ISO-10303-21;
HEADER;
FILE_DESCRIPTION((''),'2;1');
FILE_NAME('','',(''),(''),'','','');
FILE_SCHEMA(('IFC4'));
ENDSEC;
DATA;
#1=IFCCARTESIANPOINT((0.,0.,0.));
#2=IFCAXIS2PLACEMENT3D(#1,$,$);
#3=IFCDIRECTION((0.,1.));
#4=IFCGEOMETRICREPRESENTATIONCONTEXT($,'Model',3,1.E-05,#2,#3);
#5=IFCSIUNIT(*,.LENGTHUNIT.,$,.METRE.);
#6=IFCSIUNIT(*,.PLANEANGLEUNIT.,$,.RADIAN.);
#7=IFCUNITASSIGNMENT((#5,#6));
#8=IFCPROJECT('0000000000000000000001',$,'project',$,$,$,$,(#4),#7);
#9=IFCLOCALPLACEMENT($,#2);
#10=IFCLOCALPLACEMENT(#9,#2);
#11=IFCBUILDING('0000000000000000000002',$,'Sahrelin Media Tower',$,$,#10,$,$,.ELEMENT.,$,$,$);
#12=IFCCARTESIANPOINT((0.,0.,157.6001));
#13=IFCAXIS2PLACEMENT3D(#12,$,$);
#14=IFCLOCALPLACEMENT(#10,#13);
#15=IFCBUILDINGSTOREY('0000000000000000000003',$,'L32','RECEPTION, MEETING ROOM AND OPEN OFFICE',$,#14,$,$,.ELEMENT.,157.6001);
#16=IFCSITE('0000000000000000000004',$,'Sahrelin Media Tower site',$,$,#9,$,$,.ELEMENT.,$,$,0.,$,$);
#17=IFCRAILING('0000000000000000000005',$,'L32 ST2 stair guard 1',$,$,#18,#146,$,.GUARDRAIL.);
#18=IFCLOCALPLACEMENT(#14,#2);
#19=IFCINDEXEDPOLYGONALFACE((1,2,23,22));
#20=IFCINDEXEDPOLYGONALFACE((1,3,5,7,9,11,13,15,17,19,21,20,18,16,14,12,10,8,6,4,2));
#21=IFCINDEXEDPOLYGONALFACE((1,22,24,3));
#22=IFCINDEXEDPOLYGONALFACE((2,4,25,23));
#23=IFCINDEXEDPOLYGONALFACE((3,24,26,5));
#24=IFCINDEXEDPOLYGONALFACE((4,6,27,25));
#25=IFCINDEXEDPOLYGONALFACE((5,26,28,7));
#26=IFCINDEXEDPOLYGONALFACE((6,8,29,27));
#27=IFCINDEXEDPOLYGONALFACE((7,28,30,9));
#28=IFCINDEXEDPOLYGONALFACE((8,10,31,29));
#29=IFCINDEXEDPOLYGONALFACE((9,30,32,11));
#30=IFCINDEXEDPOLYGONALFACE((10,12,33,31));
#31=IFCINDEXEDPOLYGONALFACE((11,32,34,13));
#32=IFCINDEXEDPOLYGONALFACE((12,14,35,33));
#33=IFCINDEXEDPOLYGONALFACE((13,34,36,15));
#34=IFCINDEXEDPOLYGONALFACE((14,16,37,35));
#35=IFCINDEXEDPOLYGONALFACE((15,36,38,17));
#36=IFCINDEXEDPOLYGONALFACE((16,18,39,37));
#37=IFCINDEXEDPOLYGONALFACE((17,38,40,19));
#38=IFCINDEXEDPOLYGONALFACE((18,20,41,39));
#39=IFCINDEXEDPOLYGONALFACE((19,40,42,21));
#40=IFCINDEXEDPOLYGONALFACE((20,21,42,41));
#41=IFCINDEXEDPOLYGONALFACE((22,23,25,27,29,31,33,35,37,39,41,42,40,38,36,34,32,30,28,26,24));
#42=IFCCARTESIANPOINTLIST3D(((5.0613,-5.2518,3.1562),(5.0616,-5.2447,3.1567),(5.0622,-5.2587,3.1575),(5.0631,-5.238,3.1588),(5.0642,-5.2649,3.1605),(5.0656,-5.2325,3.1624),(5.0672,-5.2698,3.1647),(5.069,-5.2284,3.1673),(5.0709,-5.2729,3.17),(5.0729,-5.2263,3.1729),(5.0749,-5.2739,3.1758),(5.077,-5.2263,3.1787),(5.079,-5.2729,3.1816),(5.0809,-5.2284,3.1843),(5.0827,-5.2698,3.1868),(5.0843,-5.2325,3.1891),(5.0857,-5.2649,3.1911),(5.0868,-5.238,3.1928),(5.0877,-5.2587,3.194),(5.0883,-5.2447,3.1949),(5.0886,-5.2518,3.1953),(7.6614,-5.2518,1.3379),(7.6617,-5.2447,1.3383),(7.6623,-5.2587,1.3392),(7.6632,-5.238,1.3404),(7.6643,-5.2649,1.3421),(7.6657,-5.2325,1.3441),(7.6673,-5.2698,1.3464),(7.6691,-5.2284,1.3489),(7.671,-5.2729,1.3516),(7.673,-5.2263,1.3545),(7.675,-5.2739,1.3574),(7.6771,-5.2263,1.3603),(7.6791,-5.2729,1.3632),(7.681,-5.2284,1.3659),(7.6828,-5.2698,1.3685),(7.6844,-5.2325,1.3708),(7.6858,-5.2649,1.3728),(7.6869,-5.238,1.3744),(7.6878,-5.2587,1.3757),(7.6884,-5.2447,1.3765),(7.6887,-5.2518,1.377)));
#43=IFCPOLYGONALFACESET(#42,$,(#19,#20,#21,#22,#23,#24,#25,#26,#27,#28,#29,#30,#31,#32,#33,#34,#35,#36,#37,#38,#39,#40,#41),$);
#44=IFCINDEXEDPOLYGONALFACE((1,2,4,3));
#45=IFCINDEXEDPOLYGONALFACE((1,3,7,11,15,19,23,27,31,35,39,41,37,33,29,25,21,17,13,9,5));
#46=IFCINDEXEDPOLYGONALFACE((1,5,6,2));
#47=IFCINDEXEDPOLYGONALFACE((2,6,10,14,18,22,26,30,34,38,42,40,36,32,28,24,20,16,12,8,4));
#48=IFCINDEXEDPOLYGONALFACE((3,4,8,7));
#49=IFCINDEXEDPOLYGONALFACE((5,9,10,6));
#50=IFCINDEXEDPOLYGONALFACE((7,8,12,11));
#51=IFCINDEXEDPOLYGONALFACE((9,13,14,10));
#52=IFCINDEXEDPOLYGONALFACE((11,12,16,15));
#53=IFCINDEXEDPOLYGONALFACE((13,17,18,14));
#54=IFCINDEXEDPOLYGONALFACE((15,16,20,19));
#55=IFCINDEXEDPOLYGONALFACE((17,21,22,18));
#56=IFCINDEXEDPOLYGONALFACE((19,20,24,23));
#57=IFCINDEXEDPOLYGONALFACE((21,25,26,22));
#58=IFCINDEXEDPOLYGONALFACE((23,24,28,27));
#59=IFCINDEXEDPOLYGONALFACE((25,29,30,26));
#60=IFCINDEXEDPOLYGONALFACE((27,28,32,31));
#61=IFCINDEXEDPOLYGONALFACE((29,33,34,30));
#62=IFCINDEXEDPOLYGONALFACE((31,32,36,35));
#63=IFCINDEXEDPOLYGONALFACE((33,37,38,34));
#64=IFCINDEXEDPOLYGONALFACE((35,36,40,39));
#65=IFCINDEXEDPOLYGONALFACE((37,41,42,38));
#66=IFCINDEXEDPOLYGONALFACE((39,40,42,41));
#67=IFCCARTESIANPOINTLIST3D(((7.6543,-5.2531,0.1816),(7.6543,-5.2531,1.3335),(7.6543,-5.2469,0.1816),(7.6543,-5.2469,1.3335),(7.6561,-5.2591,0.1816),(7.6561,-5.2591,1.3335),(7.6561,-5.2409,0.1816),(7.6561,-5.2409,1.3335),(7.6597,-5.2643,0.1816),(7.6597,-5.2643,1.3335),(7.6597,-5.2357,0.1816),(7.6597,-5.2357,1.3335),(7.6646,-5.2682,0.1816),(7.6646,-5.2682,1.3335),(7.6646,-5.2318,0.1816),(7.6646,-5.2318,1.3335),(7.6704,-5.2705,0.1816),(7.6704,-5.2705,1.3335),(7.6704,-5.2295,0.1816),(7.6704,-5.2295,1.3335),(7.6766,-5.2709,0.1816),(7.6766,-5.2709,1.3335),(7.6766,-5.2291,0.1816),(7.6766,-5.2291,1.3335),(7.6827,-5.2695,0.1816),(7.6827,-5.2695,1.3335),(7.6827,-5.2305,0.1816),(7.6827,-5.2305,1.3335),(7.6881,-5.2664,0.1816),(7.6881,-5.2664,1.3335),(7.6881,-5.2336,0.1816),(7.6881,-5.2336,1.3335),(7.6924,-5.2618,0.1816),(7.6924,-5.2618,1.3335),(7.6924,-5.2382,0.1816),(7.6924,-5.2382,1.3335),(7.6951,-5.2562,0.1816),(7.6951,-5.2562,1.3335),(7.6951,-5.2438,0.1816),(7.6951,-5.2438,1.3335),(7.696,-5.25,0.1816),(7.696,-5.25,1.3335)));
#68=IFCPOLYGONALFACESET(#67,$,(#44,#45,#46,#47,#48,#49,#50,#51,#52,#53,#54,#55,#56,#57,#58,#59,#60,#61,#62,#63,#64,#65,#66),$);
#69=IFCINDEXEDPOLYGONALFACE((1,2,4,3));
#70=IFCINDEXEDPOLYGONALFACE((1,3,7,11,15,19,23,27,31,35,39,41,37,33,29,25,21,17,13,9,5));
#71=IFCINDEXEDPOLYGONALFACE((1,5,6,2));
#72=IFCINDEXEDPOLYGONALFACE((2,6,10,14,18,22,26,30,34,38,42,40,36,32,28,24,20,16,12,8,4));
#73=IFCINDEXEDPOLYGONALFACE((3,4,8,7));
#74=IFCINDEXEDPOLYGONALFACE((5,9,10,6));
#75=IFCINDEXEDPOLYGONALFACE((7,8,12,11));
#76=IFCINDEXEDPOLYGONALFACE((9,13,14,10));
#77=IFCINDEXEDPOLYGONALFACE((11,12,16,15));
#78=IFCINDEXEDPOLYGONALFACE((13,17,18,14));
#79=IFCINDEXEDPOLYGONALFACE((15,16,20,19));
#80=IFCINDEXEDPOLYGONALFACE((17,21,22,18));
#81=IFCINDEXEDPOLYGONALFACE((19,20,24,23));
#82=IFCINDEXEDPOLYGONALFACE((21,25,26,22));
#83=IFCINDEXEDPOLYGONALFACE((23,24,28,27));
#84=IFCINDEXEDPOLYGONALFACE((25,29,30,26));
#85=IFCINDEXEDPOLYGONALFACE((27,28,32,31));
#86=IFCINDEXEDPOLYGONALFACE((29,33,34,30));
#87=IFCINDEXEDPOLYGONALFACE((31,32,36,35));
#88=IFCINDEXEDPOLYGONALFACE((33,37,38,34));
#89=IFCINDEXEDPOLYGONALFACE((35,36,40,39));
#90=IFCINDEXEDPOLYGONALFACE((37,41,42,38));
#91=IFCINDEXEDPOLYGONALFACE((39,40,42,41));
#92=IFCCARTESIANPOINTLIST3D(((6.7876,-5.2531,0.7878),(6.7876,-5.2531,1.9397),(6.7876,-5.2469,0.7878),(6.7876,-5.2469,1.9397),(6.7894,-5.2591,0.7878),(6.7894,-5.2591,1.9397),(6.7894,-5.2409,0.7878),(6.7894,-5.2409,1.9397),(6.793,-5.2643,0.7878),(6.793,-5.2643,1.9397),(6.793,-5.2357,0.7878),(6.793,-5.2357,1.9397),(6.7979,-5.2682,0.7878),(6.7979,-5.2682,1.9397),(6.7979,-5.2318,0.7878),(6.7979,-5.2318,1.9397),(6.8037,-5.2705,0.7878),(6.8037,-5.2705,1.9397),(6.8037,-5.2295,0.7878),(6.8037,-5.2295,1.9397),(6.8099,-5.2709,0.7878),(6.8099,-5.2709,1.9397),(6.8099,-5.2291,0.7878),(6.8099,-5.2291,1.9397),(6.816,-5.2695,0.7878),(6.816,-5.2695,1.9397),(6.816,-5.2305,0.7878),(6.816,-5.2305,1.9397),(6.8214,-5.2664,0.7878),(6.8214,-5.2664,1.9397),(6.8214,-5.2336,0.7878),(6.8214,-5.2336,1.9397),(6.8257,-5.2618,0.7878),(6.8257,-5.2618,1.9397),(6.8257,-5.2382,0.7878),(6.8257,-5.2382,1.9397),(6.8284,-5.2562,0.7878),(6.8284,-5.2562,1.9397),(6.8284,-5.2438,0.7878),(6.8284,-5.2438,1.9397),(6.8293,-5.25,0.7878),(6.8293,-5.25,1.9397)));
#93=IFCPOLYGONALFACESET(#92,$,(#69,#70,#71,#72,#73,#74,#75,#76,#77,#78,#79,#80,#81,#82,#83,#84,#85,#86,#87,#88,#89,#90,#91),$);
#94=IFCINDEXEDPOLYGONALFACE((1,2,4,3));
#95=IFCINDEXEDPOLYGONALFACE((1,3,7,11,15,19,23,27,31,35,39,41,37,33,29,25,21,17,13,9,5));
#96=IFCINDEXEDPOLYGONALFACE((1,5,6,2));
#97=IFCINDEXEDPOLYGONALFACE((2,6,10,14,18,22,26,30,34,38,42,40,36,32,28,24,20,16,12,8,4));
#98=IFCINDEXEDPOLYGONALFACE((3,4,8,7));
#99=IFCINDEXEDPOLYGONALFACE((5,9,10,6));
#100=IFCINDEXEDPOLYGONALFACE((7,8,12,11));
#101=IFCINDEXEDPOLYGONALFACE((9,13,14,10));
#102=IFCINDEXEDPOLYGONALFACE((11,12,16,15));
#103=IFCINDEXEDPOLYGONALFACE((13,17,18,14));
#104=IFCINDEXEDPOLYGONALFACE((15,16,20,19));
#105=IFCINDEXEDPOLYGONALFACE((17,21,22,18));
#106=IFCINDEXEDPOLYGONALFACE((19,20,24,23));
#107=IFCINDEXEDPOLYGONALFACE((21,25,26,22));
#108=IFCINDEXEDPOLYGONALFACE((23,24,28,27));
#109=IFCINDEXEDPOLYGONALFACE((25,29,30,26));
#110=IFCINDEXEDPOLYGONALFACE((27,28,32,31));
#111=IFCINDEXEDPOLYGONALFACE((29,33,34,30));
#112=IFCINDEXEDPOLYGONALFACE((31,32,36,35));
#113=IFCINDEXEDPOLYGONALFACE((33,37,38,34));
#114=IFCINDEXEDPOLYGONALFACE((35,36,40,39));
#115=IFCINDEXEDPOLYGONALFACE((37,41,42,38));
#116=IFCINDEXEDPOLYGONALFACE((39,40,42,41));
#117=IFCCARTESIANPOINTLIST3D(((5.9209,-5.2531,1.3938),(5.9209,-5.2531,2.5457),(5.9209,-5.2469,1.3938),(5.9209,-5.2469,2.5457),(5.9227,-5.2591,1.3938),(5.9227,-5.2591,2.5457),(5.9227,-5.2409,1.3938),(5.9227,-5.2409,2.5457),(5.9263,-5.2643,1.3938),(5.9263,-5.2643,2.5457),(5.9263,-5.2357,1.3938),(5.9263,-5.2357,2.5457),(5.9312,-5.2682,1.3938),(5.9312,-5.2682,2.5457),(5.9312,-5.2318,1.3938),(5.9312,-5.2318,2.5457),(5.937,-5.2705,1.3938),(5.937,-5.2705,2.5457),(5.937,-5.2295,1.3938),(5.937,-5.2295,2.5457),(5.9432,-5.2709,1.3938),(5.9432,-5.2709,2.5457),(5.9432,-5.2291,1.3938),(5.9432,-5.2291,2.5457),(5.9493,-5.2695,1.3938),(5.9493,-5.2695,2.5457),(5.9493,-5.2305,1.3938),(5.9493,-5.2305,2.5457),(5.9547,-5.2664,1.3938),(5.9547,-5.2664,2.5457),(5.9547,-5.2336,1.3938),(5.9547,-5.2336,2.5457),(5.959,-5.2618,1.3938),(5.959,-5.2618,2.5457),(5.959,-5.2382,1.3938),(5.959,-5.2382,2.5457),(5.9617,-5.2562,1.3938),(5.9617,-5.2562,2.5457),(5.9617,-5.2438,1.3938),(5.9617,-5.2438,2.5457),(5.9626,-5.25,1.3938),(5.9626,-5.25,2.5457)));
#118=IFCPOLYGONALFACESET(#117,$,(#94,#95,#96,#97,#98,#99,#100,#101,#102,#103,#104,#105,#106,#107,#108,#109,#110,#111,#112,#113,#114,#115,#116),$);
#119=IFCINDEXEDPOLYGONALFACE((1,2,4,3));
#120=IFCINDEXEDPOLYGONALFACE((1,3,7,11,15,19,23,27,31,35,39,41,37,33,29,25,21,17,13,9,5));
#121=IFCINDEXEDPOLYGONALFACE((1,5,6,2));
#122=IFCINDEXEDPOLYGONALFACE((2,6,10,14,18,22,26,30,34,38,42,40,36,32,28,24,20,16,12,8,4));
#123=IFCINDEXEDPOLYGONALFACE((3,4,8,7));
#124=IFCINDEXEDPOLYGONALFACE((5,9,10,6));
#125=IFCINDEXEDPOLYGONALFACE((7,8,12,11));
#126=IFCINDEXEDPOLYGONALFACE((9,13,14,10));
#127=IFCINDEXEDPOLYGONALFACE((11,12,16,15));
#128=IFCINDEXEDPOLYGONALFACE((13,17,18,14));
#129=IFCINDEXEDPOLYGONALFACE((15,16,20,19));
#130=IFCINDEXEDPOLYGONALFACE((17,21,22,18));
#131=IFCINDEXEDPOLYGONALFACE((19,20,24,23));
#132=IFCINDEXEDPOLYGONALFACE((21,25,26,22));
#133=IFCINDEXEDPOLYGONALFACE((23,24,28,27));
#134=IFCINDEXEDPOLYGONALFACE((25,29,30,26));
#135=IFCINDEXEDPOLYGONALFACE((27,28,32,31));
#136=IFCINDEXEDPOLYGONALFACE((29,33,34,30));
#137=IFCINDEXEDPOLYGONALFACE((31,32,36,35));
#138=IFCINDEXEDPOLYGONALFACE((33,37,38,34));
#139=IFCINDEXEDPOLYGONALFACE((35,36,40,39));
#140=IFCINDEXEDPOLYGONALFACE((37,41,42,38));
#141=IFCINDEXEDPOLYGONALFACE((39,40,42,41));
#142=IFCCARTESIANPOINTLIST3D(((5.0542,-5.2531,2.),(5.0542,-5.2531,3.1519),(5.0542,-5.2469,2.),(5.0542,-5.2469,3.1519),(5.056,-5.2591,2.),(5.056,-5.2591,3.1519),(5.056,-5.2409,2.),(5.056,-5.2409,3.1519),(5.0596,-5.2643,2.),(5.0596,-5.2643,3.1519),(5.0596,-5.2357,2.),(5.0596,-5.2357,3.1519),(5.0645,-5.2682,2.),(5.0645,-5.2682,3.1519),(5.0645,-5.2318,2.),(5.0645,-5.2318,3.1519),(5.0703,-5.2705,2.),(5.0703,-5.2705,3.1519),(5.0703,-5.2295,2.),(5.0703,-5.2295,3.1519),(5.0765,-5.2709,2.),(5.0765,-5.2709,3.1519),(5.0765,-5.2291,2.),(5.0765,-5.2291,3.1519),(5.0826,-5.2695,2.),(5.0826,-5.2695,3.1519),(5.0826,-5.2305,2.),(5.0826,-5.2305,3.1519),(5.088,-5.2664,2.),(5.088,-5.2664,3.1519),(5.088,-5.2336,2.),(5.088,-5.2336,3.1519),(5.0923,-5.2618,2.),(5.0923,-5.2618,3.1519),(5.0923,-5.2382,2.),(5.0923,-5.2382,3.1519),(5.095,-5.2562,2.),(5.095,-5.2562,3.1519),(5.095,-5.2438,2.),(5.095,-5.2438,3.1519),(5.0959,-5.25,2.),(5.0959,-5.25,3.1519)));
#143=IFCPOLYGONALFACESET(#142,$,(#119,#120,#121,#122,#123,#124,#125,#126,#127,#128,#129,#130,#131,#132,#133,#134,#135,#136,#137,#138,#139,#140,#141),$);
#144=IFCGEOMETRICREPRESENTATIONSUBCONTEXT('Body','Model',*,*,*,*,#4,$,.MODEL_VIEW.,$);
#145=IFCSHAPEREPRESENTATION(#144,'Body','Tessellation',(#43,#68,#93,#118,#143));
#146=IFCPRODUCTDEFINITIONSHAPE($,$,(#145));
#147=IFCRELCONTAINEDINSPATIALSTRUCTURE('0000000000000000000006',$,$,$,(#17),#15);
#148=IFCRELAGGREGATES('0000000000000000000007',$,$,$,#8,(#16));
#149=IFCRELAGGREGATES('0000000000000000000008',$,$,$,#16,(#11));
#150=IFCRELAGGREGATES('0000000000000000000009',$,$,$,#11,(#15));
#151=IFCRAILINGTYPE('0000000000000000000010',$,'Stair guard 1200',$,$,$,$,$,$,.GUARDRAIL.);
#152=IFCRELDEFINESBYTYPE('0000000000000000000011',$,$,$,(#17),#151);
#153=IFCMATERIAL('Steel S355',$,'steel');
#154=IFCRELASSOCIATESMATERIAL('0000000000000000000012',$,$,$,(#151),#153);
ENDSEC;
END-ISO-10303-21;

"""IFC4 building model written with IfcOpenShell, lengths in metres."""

from ifc_helpers import new_model, si_unit, direction, frame, origin, origin_2d, place, context, subcontext, project, spatial, circle, extrude, material, type_object, element, save


model = new_model("IFC4")

# Units and contexts
model_context = context("Model", 3, precision=1e-05, world=origin(), true_north=direction((0.0, 1.0)))
body_context = subcontext(model_context, "Body", "Model", "MODEL_VIEW")
ifc_project = project(units=[si_unit("LENGTHUNIT", "METRE"), si_unit("PLANEANGLEUNIT", "RADIAN")], contexts=[model_context])

# Site, building, storey
site_placement = place(None, origin())
site = spatial("IfcSite", under=ifc_project, at=site_placement, Name="Sahrelin Media Tower site", CompositionType="ELEMENT", RefElevation=0.0)
building_placement = place(site_placement, origin())
building = spatial("IfcBuilding", under=site, at=building_placement, Name="Sahrelin Media Tower", CompositionType="ELEMENT")
storey_placement = place(building_placement, frame((0.0, 0.0, 157.6001)))
storey = spatial("IfcBuildingStorey", under=building, at=storey_placement, Name="L32", Description="RECEPTION, MEETING ROOM AND OPEN OFFICE", CompositionType="ELEMENT", Elevation=157.6001)

# Shared definitions
ifc_material_1 = material(Name="Steel S355", Category="steel")

# Railing
railing_type_1 = type_object("IfcRailingType", Name="Stair guard 1200", PredefinedType="GUARDRAIL", material=ifc_material_1)
railing_1_placement = place(storey_placement, frame((7.675, -5.25, 0.1816)))
element("IfcRailing", 1, at=railing_1_placement, inside=storey, type_object=railing_type_1, Name="L32 ST2 stair guard 1", PredefinedType="GUARDRAIL", context=body_context, shape_type="SweptSolid", body=[
    extrude(circle(Radius=0.0239, at=origin_2d()), frame((0.0, 0.0, 1.1758), z_axis=(-0.819485, 0.0, 0.573101), x_axis=(0.0, -1.0, 0.0)), (0.0, 0.0, 1.0), 3.1729),
    extrude(circle(Radius=0.021, at=origin_2d()), origin(), (0.0, 0.0, 1.0), 1.1519),
    extrude(circle(Radius=0.021, at=origin_2d()), frame((-0.8667, 0.0, 0.6062)), (0.0, 0.0, 1.0), 1.1519),
    extrude(circle(Radius=0.021, at=origin_2d()), frame((-1.7334, 0.0, 1.2122)), (0.0, 0.0, 1.0), 1.1519),
    extrude(circle(Radius=0.021, at=origin_2d()), frame((-2.6001, 0.0, 1.8184)), (0.0, 0.0, 1.0), 1.1519),
])

save(model, "model.ifc")
